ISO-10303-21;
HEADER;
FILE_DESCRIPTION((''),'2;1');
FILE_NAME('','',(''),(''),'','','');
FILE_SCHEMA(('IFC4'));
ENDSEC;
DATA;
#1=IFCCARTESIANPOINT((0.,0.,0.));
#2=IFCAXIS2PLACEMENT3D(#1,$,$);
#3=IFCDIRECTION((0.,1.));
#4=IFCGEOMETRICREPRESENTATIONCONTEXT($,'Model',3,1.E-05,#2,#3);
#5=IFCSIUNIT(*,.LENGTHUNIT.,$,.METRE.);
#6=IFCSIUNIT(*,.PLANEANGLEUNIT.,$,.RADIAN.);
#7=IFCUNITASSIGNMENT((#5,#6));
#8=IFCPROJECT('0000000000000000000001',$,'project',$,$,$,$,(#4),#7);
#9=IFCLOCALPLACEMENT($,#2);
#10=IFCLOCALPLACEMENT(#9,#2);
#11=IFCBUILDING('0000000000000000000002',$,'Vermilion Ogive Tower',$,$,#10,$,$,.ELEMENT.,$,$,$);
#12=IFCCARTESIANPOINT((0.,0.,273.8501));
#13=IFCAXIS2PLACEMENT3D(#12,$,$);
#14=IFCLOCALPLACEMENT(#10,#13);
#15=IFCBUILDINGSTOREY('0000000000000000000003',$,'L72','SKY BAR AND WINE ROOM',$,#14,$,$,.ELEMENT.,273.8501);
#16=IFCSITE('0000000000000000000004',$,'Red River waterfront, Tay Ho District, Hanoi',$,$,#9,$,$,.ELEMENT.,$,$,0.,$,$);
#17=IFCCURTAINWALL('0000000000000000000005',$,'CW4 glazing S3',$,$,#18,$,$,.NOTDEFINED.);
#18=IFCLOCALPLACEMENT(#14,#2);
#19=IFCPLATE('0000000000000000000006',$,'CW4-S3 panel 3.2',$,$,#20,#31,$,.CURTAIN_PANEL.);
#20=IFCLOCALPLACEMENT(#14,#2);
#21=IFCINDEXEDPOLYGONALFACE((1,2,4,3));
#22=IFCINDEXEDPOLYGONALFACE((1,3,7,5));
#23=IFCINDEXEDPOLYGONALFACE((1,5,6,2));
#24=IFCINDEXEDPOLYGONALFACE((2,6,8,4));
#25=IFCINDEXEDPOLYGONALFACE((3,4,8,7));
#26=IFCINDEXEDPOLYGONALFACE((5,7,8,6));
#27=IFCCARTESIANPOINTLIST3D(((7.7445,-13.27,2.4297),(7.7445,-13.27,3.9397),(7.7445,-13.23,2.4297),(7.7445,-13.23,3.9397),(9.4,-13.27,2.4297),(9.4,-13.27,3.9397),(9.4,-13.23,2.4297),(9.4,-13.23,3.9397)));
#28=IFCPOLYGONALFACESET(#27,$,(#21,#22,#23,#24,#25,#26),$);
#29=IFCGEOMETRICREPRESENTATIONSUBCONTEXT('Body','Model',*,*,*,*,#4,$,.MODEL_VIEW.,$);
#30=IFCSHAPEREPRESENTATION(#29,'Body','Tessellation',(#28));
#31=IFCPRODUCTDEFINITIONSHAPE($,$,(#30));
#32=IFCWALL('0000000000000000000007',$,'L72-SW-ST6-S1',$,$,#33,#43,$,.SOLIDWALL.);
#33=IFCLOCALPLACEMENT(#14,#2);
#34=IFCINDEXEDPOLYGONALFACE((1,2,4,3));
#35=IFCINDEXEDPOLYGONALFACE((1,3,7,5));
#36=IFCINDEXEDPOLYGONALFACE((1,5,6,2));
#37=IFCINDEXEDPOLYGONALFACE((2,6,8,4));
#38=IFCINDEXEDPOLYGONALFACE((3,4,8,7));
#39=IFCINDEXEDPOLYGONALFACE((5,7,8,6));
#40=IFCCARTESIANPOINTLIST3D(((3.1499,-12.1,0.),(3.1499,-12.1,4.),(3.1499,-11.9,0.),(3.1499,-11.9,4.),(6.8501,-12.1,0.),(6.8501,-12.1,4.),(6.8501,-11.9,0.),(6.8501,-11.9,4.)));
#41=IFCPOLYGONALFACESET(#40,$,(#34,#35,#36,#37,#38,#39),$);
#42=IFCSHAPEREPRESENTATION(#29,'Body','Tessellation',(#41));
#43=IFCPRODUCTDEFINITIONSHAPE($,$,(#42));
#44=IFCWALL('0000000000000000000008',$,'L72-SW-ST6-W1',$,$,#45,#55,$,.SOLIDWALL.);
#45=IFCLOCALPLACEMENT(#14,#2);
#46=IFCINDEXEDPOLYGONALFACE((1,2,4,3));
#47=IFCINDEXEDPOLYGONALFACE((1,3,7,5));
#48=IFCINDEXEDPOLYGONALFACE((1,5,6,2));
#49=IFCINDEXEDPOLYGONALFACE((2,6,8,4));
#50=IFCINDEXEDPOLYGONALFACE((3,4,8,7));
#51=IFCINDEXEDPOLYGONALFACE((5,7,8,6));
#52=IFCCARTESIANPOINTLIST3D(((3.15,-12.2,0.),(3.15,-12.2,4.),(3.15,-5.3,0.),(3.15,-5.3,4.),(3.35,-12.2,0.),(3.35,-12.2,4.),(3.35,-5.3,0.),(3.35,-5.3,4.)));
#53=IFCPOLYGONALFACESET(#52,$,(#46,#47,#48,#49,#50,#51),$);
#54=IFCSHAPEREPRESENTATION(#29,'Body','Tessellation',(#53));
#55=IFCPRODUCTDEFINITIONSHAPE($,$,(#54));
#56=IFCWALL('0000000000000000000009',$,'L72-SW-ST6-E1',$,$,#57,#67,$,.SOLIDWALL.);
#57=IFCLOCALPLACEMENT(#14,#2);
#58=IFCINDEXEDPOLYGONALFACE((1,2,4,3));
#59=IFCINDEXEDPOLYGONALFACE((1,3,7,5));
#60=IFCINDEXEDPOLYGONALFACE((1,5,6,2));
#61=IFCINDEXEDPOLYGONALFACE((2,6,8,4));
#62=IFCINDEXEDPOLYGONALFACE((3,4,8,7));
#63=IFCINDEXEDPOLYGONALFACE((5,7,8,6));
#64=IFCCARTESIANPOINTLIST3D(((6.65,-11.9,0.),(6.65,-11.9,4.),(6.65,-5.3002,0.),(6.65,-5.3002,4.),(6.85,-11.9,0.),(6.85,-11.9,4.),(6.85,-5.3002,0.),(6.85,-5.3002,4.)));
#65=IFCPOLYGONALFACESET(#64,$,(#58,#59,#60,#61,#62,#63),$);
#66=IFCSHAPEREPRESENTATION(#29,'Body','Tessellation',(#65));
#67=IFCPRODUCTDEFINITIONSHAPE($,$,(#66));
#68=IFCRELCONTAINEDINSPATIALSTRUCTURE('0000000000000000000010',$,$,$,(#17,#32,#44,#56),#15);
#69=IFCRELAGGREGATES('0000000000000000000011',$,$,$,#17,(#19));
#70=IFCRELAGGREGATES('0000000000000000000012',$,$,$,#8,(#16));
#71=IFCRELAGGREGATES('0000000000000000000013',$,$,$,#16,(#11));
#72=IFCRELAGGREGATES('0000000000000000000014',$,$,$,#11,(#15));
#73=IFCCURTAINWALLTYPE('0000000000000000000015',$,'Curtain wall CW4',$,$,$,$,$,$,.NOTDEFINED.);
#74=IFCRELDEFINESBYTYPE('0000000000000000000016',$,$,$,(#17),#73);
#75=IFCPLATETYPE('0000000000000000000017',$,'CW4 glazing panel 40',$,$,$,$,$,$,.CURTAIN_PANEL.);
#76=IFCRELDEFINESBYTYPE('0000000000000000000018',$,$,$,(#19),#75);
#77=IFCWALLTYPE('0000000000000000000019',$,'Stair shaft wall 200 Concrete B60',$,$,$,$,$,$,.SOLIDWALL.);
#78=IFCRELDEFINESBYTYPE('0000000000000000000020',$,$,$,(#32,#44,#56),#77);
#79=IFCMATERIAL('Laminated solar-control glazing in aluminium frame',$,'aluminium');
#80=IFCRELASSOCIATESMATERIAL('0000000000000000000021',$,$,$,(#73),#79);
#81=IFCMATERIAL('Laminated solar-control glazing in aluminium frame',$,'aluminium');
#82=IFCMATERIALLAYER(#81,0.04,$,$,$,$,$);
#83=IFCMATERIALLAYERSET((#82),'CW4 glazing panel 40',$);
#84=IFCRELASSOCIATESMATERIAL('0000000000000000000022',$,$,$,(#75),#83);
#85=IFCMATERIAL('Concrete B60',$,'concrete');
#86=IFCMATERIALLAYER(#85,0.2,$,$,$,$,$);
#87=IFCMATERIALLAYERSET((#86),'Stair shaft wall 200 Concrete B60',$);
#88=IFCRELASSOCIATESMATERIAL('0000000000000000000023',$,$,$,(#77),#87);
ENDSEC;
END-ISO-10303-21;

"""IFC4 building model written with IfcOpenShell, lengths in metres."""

from ifc_helpers import new_model, si_unit, direction, frame, frame_2d, origin, origin_2d, place, context, subcontext, project, spatial, rectangle, extrude, material, layer, layer_set, type_object, element, aggregate, save


model = new_model("IFC4")

# Units and contexts
model_context = context("Model", 3, precision=1e-05, world=origin(), true_north=direction((0.0, 1.0)))
body_context = subcontext(model_context, "Body", "Model", "MODEL_VIEW")
ifc_project = project(units=[si_unit("LENGTHUNIT", "METRE"), si_unit("PLANEANGLEUNIT", "RADIAN")], contexts=[model_context])

# Site, building, storey
site_placement = place(None, origin())
site = spatial("IfcSite", under=ifc_project, at=site_placement, Name="Red River waterfront, Tay Ho District, Hanoi", CompositionType="ELEMENT", RefElevation=0.0)
building_placement = place(site_placement, origin())
building = spatial("IfcBuilding", under=site, at=building_placement, Name="Vermilion Ogive Tower", CompositionType="ELEMENT")
storey_placement = place(building_placement, frame((0.0, 0.0, 273.8501)))
storey = spatial("IfcBuildingStorey", under=building, at=storey_placement, Name="L72", Description="SKY BAR AND WINE ROOM", CompositionType="ELEMENT", Elevation=273.8501)

# Curtain wall
ifc_material_1 = material(Name="Laminated solar-control glazing in aluminium frame", Category="aluminium")
curtain_wall_type = type_object("IfcCurtainWallType", Name="Curtain wall CW4", PredefinedType="NOTDEFINED", material=ifc_material_1)
curtain_wall_1_placement = place(storey_placement, origin())
curtain_wall_1 = element("IfcCurtainWall", 1, at=curtain_wall_1_placement, inside=storey, type_object=curtain_wall_type, Name="CW4 glazing S3", PredefinedType="NOTDEFINED")

# Plate
ifc_material_2 = material(Name="Laminated solar-control glazing in aluminium frame", Category="aluminium")
ifc_layer_1 = layer(ifc_material_2, 0.04)
ifc_layer_set_1 = layer_set([ifc_layer_1], Name="CW4 glazing panel 40")
plate_type = type_object("IfcPlateType", Name="CW4 glazing panel 40", PredefinedType="CURTAIN_PANEL", material=ifc_layer_set_1)
plate_1_placement = place(storey_placement, frame((8.5723, -13.25, 2.4297), z_axis=(0.0, 0.0, 1.0), x_axis=(1.0, 0.0, 0.0)))
plate_1 = element("IfcPlate", 2, at=plate_1_placement, type_object=plate_type, Name="CW4-S3 panel 3.2", PredefinedType="CURTAIN_PANEL", context=body_context, shape_type="SweptSolid", body=[
    extrude(rectangle(XDim=1.6555, YDim=0.04, at=origin_2d()), origin(), (0.0, 0.0, 1.0), 1.51),
])
aggregate(curtain_wall_1, [plate_1])

# Walls
ifc_material_3 = material(Name="Concrete B60", Category="concrete")
ifc_layer_2 = layer(ifc_material_3, 0.2)
ifc_layer_set_2 = layer_set([ifc_layer_2], Name="Stair shaft wall 200 Concrete B60")
wall_type = type_object("IfcWallType", Name="Stair shaft wall 200 Concrete B60", PredefinedType="SOLIDWALL", material=ifc_layer_set_2)
wall_1_placement = place(storey_placement, frame((3.1499, -12.0, 0.0), z_axis=(0.0, 0.0, 1.0), x_axis=(1.0, 0.0, 0.0)))
element("IfcWall", 3, at=wall_1_placement, inside=storey, type_object=wall_type, Name="L72-SW-ST6-S1", PredefinedType="SOLIDWALL", context=body_context, shape_type="SweptSolid", body=[
    extrude(rectangle(XDim=3.7002, YDim=0.2, at=frame_2d((1.8501, 0.0))), origin(), (0.0, 0.0, 1.0), 4.0),
])
wall_2_placement = place(storey_placement, frame((3.25, -12.2, 0.0), z_axis=(0.0, 0.0, 1.0), x_axis=(0.0, 1.0, 0.0)))
element("IfcWall", 4, at=wall_2_placement, inside=storey, type_object=wall_type, Name="L72-SW-ST6-W1", PredefinedType="SOLIDWALL", context=body_context, shape_type="SweptSolid", body=[
    extrude(rectangle(XDim=6.8999, YDim=0.2, at=frame_2d((3.45, 0.0))), origin(), (0.0, 0.0, 1.0), 4.0),
])
wall_3_placement = place(storey_placement, frame((6.75, -11.8999, 0.0), z_axis=(0.0, 0.0, 1.0), x_axis=(0.0, 1.0, 0.0)))
element("IfcWall", 5, at=wall_3_placement, inside=storey, type_object=wall_type, Name="L72-SW-ST6-E1", PredefinedType="SOLIDWALL", context=body_context, shape_type="SweptSolid", body=[
    extrude(rectangle(XDim=6.5999, YDim=0.2, at=frame_2d((3.2998, 0.0))), origin(), (0.0, 0.0, 1.0), 4.0),
])

save(model, "model.ifc")
